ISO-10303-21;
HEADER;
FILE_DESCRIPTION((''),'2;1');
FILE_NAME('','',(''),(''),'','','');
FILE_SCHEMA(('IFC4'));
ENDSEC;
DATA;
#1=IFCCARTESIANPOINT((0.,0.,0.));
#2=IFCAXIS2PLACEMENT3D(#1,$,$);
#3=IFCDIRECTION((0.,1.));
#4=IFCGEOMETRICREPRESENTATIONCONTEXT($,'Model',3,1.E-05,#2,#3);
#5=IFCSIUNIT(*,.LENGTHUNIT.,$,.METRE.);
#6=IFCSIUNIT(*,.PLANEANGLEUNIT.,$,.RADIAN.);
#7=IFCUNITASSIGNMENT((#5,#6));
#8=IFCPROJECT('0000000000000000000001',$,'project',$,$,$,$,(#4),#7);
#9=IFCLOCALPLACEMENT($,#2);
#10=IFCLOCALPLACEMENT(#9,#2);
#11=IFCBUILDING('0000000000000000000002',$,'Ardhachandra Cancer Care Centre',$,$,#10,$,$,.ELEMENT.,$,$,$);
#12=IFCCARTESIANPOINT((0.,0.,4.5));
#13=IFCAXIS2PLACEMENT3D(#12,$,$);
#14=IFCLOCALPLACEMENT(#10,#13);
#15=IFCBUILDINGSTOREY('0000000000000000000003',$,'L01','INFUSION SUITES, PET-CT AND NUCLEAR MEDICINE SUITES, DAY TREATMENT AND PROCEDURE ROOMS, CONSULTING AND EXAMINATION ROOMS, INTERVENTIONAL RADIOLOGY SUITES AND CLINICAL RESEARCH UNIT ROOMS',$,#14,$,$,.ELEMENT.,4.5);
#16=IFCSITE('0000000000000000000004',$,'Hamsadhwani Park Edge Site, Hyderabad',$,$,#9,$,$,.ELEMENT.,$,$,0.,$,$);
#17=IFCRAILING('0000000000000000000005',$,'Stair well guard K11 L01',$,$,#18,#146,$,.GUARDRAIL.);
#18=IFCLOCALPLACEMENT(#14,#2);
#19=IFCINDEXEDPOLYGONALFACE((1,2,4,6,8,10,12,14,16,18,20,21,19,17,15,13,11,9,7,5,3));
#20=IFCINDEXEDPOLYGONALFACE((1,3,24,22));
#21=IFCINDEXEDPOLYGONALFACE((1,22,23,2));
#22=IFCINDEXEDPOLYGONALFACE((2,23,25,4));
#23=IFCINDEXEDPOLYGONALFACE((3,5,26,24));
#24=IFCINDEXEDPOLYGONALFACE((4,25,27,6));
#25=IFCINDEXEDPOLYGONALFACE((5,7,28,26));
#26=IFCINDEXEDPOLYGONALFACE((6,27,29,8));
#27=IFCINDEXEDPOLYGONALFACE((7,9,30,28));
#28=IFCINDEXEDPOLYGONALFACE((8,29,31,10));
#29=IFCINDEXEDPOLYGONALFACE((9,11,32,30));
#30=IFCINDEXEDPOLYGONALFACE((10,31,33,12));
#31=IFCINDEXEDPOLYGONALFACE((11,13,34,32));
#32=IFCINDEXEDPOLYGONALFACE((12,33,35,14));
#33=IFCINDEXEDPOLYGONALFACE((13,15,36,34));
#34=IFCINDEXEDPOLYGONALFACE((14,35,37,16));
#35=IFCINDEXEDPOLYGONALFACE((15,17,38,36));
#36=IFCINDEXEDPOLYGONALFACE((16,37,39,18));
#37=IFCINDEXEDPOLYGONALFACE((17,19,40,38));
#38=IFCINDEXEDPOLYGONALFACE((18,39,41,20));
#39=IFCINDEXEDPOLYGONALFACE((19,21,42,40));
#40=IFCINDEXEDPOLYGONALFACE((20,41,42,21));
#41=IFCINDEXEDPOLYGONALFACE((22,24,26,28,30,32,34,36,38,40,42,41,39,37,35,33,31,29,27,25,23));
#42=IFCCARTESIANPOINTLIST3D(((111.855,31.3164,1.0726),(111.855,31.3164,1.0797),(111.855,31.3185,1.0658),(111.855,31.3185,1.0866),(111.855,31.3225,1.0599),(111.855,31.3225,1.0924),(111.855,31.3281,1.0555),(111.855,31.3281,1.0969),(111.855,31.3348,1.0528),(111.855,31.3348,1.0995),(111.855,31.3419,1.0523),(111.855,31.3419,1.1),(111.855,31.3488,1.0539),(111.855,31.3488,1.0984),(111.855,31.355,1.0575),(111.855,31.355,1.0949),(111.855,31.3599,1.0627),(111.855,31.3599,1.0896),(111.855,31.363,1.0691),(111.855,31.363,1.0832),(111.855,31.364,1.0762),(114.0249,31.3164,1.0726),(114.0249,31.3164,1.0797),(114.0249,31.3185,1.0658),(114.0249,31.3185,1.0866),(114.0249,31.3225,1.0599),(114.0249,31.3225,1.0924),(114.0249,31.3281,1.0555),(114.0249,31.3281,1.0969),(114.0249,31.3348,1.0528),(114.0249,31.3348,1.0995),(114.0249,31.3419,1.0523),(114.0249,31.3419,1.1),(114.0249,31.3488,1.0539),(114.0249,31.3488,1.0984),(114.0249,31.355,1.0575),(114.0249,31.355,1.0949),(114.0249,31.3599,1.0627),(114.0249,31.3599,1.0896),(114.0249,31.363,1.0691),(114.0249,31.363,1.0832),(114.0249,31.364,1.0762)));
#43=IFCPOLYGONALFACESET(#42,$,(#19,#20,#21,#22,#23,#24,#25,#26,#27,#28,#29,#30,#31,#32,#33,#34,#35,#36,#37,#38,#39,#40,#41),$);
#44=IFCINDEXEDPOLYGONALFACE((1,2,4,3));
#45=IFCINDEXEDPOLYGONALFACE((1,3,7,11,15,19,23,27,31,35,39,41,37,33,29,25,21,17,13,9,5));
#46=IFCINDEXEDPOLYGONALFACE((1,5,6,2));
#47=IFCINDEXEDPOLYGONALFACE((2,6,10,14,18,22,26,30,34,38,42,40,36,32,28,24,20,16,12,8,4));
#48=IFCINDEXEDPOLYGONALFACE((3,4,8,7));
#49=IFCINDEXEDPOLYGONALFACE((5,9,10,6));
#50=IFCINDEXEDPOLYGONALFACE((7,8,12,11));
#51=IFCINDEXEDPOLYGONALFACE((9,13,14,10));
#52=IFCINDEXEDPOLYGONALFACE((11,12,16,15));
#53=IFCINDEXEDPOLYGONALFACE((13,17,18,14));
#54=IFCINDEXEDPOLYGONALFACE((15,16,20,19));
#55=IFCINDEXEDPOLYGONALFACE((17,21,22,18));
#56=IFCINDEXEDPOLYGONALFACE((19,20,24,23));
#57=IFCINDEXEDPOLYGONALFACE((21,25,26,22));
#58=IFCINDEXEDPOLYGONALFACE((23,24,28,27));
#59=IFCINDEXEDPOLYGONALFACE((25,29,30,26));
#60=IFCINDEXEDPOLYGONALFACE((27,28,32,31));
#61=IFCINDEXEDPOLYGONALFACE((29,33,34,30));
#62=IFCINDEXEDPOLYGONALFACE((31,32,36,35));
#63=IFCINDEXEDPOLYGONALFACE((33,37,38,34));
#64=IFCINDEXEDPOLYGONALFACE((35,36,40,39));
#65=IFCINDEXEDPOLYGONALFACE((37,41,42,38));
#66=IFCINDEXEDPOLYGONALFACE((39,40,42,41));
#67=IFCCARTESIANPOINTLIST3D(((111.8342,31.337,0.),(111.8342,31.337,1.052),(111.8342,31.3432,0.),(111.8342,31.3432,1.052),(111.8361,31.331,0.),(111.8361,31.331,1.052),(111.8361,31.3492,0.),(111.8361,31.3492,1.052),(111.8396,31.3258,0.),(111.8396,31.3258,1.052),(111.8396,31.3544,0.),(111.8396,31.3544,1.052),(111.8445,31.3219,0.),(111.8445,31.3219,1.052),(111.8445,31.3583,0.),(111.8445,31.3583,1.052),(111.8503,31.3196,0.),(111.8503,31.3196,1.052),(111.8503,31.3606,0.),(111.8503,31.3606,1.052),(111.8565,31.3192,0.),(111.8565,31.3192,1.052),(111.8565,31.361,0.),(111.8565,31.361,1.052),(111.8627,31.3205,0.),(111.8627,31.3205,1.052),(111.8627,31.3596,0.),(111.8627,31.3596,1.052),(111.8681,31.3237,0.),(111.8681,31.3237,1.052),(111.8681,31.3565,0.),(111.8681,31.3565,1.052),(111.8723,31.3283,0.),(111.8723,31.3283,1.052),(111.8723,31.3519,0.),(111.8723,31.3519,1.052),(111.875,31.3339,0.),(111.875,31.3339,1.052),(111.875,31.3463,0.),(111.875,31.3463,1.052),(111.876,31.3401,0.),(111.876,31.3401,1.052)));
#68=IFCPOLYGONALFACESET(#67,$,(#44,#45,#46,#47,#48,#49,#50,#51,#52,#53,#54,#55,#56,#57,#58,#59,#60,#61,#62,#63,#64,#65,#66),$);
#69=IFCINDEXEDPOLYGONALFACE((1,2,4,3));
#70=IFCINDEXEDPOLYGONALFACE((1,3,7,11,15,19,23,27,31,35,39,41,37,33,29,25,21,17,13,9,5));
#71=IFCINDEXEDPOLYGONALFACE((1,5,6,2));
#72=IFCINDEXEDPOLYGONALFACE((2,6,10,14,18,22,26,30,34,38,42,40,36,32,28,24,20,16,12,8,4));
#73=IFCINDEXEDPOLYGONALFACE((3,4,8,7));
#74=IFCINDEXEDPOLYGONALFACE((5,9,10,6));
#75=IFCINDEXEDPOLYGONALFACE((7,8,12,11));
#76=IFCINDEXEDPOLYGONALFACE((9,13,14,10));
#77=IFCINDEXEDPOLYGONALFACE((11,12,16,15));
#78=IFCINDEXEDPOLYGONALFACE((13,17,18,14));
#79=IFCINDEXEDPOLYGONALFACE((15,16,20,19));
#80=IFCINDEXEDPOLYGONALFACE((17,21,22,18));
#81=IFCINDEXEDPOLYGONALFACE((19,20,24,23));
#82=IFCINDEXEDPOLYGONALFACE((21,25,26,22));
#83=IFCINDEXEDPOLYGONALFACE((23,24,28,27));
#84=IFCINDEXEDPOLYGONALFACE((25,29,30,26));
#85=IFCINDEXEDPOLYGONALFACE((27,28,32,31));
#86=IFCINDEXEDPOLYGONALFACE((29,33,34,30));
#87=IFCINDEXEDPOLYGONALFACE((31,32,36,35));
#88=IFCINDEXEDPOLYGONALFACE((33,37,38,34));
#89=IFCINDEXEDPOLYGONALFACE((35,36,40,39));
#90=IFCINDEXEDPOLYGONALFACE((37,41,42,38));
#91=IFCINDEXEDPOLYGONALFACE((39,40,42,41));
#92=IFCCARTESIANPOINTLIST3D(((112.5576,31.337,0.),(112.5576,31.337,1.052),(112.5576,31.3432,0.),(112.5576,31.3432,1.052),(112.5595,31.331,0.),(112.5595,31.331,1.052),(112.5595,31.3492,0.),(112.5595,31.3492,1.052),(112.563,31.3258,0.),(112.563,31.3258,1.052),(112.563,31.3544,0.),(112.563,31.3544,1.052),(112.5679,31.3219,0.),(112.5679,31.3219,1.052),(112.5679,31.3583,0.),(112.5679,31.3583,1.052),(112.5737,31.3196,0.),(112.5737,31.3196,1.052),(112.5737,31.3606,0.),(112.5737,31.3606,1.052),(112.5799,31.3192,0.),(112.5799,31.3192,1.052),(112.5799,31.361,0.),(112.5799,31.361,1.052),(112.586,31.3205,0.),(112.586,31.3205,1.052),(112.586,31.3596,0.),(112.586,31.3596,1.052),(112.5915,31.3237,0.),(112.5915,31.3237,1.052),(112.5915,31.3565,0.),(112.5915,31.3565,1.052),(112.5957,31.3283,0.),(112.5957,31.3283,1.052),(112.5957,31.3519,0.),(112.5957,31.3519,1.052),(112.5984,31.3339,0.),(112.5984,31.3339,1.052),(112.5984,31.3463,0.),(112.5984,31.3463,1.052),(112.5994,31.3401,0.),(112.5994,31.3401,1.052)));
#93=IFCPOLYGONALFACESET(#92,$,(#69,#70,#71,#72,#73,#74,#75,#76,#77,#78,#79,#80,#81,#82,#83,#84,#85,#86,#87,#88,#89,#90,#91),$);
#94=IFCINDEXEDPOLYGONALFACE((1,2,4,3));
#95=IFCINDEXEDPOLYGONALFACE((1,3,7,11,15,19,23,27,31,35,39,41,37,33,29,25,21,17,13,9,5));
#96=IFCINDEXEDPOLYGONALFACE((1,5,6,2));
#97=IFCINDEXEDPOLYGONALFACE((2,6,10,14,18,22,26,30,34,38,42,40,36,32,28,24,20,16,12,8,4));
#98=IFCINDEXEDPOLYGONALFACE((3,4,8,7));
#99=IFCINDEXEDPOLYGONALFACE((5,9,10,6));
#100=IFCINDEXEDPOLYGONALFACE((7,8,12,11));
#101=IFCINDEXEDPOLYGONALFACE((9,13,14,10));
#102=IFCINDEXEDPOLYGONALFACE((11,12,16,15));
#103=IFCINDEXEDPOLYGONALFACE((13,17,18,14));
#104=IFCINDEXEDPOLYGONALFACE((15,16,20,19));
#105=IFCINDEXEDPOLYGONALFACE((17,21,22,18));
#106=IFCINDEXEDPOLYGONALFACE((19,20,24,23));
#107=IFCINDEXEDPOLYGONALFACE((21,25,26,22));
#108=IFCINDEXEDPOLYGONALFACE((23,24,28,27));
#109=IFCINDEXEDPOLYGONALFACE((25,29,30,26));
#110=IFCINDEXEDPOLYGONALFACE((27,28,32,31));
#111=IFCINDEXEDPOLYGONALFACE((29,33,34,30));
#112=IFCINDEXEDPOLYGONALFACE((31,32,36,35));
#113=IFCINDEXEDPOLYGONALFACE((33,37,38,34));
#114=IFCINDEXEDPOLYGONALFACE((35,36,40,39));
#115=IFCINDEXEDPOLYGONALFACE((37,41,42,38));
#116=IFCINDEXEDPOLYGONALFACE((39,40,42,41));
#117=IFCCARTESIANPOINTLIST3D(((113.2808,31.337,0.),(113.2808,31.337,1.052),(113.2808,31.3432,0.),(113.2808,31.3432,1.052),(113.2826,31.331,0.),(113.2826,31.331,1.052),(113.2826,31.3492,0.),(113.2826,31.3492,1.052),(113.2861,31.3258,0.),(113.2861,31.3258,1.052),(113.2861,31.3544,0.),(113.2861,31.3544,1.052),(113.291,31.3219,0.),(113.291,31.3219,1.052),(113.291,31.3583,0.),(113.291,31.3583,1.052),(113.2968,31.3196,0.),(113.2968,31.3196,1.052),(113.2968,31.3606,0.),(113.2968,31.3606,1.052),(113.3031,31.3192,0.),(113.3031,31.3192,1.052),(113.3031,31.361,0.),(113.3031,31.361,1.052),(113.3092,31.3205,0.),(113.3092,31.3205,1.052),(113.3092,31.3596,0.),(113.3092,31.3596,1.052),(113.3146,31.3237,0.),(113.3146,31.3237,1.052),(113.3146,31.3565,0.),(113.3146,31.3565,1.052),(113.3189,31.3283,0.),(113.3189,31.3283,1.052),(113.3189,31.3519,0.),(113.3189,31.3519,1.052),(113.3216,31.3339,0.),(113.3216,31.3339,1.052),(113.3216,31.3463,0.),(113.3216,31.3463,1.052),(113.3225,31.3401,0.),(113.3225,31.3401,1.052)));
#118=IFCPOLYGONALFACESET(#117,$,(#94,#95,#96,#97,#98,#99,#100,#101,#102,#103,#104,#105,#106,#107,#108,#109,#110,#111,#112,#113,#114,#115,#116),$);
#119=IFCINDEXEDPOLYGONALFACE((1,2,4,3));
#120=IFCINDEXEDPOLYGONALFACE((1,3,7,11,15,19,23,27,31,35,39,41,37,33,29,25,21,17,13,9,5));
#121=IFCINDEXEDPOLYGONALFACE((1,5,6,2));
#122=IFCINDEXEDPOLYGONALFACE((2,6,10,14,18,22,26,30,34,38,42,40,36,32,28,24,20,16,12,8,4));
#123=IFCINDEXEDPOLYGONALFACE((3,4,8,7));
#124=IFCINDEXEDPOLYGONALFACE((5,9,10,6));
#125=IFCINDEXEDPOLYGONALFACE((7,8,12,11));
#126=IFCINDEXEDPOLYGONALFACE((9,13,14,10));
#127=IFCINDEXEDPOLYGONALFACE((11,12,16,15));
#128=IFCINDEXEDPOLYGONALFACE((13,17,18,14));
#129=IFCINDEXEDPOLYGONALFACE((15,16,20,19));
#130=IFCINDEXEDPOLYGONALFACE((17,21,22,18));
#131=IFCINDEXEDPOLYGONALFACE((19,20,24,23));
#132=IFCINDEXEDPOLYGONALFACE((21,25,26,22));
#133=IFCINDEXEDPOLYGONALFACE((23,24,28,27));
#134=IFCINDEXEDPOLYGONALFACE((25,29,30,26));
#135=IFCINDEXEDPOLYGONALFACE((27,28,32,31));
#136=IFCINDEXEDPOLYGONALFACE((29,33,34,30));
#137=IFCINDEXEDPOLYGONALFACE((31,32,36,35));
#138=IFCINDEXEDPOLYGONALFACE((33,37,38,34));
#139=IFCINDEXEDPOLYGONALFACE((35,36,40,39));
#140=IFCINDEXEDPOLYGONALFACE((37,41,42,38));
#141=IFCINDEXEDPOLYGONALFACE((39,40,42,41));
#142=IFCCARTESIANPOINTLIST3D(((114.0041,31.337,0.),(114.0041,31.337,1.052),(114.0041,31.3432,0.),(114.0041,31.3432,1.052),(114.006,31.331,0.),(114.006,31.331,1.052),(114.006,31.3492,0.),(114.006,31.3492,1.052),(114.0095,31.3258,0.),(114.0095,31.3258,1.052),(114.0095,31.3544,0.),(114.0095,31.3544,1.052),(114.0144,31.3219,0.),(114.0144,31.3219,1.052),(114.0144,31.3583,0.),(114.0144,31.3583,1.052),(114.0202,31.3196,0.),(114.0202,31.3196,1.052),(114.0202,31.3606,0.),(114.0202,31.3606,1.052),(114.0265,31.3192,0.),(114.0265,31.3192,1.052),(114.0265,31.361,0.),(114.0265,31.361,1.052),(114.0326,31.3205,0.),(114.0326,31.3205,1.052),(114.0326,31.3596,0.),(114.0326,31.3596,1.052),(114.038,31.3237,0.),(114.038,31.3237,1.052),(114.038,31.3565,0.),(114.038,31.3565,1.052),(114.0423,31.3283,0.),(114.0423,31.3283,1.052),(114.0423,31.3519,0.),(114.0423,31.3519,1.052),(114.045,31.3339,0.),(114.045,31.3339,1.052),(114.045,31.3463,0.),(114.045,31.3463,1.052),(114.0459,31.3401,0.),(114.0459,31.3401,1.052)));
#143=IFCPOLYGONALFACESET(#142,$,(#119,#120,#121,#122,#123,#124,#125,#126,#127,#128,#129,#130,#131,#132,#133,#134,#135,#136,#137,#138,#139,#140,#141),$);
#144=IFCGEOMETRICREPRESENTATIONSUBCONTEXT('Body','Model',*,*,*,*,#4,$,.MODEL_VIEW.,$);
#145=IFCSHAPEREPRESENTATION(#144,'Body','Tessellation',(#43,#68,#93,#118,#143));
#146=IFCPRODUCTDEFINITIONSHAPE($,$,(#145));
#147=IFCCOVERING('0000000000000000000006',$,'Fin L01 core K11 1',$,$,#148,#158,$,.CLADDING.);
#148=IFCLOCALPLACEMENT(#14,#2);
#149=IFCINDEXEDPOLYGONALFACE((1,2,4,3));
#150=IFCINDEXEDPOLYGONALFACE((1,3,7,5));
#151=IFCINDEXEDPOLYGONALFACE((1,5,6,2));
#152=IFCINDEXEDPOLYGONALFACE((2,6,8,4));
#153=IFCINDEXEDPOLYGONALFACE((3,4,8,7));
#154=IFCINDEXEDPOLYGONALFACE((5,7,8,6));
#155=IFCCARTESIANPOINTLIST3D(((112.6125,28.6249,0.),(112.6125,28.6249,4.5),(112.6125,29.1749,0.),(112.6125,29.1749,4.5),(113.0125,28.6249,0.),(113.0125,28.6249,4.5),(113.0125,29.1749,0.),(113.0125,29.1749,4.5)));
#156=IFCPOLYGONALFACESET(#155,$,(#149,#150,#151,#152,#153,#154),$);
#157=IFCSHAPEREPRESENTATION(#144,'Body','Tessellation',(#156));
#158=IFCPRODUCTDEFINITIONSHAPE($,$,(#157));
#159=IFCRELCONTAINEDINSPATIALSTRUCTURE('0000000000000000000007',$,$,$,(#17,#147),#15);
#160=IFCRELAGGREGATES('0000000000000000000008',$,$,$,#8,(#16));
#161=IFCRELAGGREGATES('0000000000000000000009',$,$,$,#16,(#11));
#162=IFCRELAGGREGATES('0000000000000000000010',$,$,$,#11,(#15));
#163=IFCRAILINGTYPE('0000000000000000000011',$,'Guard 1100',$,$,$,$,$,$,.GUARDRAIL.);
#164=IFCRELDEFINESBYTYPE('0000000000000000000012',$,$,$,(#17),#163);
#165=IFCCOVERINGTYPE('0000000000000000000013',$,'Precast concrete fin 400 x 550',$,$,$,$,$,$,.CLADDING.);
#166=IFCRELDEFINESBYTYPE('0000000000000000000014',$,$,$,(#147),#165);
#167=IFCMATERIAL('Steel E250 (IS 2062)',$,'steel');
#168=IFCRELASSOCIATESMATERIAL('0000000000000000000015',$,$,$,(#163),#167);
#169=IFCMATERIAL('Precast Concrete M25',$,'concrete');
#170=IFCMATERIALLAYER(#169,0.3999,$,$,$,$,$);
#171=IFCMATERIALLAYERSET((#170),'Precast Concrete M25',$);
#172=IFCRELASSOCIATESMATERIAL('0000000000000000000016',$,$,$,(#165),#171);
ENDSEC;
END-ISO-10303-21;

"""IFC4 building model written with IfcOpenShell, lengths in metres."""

from ifc_helpers import new_model, si_unit, direction, frame, origin, origin_2d, place, context, subcontext, project, spatial, rectangle, circle, extrude, material, layer, layer_set, type_object, element, save


model = new_model("IFC4")

# Units and contexts
model_context = context("Model", 3, precision=1e-05, world=origin(), true_north=direction((0.0, 1.0)))
body_context = subcontext(model_context, "Body", "Model", "MODEL_VIEW")
ifc_project = project(units=[si_unit("LENGTHUNIT", "METRE"), si_unit("PLANEANGLEUNIT", "RADIAN")], contexts=[model_context])

# Site, building, storey
site_placement = place(None, origin())
site = spatial("IfcSite", under=ifc_project, at=site_placement, Name="Hamsadhwani Park Edge Site, Hyderabad", CompositionType="ELEMENT", RefElevation=0.0)
building_placement = place(site_placement, origin())
building = spatial("IfcBuilding", under=site, at=building_placement, Name="Ardhachandra Cancer Care Centre", CompositionType="ELEMENT")
storey_placement = place(building_placement, frame((0.0, 0.0, 4.5)))
storey = spatial("IfcBuildingStorey", under=building, at=storey_placement, Name="L01", Description="INFUSION SUITES, PET-CT AND NUCLEAR MEDICINE SUITES, DAY TREATMENT AND PROCEDURE ROOMS, CONSULTING AND EXAMINATION ROOMS, INTERVENTIONAL RADIOLOGY SUITES AND CLINICAL RESEARCH UNIT ROOMS", CompositionType="ELEMENT", Elevation=4.5)

# Railing
ifc_material_1 = material(Name="Steel E250 (IS 2062)", Category="steel")
railing_type_1 = type_object("IfcRailingType", Name="Guard 1100", PredefinedType="GUARDRAIL", material=ifc_material_1)
railing_1_placement = place(storey_placement, frame((111.855, 31.3401, 0.0)))
element("IfcRailing", 1, at=railing_1_placement, inside=storey, type_object=railing_type_1, Name="Stair well guard K11 L01", PredefinedType="GUARDRAIL", context=body_context, shape_type="SweptSolid", body=[
    extrude(circle(Radius=0.0239, at=origin_2d()), frame((0.0, 0.0, 1.0762), z_axis=(1.0, 0.0, 0.0), x_axis=(0.0, 1.0, 0.0)), (0.0, 0.0, 1.0), 2.1699),
    extrude(circle(Radius=0.021, at=origin_2d()), origin(), (0.0, 0.0, 1.0), 1.052),
    extrude(circle(Radius=0.021, at=origin_2d()), frame((0.7234, 0.0, 0.0)), (0.0, 0.0, 1.0), 1.052),
    extrude(circle(Radius=0.021, at=origin_2d()), frame((1.4465, 0.0, 0.0)), (0.0, 0.0, 1.0), 1.052),
    extrude(circle(Radius=0.021, at=origin_2d()), frame((2.1699, 0.0, 0.0)), (0.0, 0.0, 1.0), 1.052),
])

# Covering
ifc_material_2 = material(Name="Precast Concrete M25", Category="concrete")
ifc_layer_1 = layer(ifc_material_2, 0.3999)
ifc_layer_set_1 = layer_set([ifc_layer_1], Name="Precast Concrete M25")
covering_type = type_object("IfcCoveringType", Name="Precast concrete fin 400 x 550", PredefinedType="CLADDING", material=ifc_layer_set_1)
covering_placement = place(storey_placement, frame((112.8125, 28.8999, 0.0), z_axis=(0.0, 0.0, 1.0), x_axis=(1.0, 0.0, 0.0)))
element("IfcCovering", 2, at=covering_placement, inside=storey, type_object=covering_type, Name="Fin L01 core K11 1", PredefinedType="CLADDING", context=body_context, shape_type="SweptSolid", body=[
    extrude(rectangle(XDim=0.3999, YDim=0.55, at=origin_2d()), origin(), (0.0, 0.0, 1.0), 4.5),
])

save(model, "model.ifc")
